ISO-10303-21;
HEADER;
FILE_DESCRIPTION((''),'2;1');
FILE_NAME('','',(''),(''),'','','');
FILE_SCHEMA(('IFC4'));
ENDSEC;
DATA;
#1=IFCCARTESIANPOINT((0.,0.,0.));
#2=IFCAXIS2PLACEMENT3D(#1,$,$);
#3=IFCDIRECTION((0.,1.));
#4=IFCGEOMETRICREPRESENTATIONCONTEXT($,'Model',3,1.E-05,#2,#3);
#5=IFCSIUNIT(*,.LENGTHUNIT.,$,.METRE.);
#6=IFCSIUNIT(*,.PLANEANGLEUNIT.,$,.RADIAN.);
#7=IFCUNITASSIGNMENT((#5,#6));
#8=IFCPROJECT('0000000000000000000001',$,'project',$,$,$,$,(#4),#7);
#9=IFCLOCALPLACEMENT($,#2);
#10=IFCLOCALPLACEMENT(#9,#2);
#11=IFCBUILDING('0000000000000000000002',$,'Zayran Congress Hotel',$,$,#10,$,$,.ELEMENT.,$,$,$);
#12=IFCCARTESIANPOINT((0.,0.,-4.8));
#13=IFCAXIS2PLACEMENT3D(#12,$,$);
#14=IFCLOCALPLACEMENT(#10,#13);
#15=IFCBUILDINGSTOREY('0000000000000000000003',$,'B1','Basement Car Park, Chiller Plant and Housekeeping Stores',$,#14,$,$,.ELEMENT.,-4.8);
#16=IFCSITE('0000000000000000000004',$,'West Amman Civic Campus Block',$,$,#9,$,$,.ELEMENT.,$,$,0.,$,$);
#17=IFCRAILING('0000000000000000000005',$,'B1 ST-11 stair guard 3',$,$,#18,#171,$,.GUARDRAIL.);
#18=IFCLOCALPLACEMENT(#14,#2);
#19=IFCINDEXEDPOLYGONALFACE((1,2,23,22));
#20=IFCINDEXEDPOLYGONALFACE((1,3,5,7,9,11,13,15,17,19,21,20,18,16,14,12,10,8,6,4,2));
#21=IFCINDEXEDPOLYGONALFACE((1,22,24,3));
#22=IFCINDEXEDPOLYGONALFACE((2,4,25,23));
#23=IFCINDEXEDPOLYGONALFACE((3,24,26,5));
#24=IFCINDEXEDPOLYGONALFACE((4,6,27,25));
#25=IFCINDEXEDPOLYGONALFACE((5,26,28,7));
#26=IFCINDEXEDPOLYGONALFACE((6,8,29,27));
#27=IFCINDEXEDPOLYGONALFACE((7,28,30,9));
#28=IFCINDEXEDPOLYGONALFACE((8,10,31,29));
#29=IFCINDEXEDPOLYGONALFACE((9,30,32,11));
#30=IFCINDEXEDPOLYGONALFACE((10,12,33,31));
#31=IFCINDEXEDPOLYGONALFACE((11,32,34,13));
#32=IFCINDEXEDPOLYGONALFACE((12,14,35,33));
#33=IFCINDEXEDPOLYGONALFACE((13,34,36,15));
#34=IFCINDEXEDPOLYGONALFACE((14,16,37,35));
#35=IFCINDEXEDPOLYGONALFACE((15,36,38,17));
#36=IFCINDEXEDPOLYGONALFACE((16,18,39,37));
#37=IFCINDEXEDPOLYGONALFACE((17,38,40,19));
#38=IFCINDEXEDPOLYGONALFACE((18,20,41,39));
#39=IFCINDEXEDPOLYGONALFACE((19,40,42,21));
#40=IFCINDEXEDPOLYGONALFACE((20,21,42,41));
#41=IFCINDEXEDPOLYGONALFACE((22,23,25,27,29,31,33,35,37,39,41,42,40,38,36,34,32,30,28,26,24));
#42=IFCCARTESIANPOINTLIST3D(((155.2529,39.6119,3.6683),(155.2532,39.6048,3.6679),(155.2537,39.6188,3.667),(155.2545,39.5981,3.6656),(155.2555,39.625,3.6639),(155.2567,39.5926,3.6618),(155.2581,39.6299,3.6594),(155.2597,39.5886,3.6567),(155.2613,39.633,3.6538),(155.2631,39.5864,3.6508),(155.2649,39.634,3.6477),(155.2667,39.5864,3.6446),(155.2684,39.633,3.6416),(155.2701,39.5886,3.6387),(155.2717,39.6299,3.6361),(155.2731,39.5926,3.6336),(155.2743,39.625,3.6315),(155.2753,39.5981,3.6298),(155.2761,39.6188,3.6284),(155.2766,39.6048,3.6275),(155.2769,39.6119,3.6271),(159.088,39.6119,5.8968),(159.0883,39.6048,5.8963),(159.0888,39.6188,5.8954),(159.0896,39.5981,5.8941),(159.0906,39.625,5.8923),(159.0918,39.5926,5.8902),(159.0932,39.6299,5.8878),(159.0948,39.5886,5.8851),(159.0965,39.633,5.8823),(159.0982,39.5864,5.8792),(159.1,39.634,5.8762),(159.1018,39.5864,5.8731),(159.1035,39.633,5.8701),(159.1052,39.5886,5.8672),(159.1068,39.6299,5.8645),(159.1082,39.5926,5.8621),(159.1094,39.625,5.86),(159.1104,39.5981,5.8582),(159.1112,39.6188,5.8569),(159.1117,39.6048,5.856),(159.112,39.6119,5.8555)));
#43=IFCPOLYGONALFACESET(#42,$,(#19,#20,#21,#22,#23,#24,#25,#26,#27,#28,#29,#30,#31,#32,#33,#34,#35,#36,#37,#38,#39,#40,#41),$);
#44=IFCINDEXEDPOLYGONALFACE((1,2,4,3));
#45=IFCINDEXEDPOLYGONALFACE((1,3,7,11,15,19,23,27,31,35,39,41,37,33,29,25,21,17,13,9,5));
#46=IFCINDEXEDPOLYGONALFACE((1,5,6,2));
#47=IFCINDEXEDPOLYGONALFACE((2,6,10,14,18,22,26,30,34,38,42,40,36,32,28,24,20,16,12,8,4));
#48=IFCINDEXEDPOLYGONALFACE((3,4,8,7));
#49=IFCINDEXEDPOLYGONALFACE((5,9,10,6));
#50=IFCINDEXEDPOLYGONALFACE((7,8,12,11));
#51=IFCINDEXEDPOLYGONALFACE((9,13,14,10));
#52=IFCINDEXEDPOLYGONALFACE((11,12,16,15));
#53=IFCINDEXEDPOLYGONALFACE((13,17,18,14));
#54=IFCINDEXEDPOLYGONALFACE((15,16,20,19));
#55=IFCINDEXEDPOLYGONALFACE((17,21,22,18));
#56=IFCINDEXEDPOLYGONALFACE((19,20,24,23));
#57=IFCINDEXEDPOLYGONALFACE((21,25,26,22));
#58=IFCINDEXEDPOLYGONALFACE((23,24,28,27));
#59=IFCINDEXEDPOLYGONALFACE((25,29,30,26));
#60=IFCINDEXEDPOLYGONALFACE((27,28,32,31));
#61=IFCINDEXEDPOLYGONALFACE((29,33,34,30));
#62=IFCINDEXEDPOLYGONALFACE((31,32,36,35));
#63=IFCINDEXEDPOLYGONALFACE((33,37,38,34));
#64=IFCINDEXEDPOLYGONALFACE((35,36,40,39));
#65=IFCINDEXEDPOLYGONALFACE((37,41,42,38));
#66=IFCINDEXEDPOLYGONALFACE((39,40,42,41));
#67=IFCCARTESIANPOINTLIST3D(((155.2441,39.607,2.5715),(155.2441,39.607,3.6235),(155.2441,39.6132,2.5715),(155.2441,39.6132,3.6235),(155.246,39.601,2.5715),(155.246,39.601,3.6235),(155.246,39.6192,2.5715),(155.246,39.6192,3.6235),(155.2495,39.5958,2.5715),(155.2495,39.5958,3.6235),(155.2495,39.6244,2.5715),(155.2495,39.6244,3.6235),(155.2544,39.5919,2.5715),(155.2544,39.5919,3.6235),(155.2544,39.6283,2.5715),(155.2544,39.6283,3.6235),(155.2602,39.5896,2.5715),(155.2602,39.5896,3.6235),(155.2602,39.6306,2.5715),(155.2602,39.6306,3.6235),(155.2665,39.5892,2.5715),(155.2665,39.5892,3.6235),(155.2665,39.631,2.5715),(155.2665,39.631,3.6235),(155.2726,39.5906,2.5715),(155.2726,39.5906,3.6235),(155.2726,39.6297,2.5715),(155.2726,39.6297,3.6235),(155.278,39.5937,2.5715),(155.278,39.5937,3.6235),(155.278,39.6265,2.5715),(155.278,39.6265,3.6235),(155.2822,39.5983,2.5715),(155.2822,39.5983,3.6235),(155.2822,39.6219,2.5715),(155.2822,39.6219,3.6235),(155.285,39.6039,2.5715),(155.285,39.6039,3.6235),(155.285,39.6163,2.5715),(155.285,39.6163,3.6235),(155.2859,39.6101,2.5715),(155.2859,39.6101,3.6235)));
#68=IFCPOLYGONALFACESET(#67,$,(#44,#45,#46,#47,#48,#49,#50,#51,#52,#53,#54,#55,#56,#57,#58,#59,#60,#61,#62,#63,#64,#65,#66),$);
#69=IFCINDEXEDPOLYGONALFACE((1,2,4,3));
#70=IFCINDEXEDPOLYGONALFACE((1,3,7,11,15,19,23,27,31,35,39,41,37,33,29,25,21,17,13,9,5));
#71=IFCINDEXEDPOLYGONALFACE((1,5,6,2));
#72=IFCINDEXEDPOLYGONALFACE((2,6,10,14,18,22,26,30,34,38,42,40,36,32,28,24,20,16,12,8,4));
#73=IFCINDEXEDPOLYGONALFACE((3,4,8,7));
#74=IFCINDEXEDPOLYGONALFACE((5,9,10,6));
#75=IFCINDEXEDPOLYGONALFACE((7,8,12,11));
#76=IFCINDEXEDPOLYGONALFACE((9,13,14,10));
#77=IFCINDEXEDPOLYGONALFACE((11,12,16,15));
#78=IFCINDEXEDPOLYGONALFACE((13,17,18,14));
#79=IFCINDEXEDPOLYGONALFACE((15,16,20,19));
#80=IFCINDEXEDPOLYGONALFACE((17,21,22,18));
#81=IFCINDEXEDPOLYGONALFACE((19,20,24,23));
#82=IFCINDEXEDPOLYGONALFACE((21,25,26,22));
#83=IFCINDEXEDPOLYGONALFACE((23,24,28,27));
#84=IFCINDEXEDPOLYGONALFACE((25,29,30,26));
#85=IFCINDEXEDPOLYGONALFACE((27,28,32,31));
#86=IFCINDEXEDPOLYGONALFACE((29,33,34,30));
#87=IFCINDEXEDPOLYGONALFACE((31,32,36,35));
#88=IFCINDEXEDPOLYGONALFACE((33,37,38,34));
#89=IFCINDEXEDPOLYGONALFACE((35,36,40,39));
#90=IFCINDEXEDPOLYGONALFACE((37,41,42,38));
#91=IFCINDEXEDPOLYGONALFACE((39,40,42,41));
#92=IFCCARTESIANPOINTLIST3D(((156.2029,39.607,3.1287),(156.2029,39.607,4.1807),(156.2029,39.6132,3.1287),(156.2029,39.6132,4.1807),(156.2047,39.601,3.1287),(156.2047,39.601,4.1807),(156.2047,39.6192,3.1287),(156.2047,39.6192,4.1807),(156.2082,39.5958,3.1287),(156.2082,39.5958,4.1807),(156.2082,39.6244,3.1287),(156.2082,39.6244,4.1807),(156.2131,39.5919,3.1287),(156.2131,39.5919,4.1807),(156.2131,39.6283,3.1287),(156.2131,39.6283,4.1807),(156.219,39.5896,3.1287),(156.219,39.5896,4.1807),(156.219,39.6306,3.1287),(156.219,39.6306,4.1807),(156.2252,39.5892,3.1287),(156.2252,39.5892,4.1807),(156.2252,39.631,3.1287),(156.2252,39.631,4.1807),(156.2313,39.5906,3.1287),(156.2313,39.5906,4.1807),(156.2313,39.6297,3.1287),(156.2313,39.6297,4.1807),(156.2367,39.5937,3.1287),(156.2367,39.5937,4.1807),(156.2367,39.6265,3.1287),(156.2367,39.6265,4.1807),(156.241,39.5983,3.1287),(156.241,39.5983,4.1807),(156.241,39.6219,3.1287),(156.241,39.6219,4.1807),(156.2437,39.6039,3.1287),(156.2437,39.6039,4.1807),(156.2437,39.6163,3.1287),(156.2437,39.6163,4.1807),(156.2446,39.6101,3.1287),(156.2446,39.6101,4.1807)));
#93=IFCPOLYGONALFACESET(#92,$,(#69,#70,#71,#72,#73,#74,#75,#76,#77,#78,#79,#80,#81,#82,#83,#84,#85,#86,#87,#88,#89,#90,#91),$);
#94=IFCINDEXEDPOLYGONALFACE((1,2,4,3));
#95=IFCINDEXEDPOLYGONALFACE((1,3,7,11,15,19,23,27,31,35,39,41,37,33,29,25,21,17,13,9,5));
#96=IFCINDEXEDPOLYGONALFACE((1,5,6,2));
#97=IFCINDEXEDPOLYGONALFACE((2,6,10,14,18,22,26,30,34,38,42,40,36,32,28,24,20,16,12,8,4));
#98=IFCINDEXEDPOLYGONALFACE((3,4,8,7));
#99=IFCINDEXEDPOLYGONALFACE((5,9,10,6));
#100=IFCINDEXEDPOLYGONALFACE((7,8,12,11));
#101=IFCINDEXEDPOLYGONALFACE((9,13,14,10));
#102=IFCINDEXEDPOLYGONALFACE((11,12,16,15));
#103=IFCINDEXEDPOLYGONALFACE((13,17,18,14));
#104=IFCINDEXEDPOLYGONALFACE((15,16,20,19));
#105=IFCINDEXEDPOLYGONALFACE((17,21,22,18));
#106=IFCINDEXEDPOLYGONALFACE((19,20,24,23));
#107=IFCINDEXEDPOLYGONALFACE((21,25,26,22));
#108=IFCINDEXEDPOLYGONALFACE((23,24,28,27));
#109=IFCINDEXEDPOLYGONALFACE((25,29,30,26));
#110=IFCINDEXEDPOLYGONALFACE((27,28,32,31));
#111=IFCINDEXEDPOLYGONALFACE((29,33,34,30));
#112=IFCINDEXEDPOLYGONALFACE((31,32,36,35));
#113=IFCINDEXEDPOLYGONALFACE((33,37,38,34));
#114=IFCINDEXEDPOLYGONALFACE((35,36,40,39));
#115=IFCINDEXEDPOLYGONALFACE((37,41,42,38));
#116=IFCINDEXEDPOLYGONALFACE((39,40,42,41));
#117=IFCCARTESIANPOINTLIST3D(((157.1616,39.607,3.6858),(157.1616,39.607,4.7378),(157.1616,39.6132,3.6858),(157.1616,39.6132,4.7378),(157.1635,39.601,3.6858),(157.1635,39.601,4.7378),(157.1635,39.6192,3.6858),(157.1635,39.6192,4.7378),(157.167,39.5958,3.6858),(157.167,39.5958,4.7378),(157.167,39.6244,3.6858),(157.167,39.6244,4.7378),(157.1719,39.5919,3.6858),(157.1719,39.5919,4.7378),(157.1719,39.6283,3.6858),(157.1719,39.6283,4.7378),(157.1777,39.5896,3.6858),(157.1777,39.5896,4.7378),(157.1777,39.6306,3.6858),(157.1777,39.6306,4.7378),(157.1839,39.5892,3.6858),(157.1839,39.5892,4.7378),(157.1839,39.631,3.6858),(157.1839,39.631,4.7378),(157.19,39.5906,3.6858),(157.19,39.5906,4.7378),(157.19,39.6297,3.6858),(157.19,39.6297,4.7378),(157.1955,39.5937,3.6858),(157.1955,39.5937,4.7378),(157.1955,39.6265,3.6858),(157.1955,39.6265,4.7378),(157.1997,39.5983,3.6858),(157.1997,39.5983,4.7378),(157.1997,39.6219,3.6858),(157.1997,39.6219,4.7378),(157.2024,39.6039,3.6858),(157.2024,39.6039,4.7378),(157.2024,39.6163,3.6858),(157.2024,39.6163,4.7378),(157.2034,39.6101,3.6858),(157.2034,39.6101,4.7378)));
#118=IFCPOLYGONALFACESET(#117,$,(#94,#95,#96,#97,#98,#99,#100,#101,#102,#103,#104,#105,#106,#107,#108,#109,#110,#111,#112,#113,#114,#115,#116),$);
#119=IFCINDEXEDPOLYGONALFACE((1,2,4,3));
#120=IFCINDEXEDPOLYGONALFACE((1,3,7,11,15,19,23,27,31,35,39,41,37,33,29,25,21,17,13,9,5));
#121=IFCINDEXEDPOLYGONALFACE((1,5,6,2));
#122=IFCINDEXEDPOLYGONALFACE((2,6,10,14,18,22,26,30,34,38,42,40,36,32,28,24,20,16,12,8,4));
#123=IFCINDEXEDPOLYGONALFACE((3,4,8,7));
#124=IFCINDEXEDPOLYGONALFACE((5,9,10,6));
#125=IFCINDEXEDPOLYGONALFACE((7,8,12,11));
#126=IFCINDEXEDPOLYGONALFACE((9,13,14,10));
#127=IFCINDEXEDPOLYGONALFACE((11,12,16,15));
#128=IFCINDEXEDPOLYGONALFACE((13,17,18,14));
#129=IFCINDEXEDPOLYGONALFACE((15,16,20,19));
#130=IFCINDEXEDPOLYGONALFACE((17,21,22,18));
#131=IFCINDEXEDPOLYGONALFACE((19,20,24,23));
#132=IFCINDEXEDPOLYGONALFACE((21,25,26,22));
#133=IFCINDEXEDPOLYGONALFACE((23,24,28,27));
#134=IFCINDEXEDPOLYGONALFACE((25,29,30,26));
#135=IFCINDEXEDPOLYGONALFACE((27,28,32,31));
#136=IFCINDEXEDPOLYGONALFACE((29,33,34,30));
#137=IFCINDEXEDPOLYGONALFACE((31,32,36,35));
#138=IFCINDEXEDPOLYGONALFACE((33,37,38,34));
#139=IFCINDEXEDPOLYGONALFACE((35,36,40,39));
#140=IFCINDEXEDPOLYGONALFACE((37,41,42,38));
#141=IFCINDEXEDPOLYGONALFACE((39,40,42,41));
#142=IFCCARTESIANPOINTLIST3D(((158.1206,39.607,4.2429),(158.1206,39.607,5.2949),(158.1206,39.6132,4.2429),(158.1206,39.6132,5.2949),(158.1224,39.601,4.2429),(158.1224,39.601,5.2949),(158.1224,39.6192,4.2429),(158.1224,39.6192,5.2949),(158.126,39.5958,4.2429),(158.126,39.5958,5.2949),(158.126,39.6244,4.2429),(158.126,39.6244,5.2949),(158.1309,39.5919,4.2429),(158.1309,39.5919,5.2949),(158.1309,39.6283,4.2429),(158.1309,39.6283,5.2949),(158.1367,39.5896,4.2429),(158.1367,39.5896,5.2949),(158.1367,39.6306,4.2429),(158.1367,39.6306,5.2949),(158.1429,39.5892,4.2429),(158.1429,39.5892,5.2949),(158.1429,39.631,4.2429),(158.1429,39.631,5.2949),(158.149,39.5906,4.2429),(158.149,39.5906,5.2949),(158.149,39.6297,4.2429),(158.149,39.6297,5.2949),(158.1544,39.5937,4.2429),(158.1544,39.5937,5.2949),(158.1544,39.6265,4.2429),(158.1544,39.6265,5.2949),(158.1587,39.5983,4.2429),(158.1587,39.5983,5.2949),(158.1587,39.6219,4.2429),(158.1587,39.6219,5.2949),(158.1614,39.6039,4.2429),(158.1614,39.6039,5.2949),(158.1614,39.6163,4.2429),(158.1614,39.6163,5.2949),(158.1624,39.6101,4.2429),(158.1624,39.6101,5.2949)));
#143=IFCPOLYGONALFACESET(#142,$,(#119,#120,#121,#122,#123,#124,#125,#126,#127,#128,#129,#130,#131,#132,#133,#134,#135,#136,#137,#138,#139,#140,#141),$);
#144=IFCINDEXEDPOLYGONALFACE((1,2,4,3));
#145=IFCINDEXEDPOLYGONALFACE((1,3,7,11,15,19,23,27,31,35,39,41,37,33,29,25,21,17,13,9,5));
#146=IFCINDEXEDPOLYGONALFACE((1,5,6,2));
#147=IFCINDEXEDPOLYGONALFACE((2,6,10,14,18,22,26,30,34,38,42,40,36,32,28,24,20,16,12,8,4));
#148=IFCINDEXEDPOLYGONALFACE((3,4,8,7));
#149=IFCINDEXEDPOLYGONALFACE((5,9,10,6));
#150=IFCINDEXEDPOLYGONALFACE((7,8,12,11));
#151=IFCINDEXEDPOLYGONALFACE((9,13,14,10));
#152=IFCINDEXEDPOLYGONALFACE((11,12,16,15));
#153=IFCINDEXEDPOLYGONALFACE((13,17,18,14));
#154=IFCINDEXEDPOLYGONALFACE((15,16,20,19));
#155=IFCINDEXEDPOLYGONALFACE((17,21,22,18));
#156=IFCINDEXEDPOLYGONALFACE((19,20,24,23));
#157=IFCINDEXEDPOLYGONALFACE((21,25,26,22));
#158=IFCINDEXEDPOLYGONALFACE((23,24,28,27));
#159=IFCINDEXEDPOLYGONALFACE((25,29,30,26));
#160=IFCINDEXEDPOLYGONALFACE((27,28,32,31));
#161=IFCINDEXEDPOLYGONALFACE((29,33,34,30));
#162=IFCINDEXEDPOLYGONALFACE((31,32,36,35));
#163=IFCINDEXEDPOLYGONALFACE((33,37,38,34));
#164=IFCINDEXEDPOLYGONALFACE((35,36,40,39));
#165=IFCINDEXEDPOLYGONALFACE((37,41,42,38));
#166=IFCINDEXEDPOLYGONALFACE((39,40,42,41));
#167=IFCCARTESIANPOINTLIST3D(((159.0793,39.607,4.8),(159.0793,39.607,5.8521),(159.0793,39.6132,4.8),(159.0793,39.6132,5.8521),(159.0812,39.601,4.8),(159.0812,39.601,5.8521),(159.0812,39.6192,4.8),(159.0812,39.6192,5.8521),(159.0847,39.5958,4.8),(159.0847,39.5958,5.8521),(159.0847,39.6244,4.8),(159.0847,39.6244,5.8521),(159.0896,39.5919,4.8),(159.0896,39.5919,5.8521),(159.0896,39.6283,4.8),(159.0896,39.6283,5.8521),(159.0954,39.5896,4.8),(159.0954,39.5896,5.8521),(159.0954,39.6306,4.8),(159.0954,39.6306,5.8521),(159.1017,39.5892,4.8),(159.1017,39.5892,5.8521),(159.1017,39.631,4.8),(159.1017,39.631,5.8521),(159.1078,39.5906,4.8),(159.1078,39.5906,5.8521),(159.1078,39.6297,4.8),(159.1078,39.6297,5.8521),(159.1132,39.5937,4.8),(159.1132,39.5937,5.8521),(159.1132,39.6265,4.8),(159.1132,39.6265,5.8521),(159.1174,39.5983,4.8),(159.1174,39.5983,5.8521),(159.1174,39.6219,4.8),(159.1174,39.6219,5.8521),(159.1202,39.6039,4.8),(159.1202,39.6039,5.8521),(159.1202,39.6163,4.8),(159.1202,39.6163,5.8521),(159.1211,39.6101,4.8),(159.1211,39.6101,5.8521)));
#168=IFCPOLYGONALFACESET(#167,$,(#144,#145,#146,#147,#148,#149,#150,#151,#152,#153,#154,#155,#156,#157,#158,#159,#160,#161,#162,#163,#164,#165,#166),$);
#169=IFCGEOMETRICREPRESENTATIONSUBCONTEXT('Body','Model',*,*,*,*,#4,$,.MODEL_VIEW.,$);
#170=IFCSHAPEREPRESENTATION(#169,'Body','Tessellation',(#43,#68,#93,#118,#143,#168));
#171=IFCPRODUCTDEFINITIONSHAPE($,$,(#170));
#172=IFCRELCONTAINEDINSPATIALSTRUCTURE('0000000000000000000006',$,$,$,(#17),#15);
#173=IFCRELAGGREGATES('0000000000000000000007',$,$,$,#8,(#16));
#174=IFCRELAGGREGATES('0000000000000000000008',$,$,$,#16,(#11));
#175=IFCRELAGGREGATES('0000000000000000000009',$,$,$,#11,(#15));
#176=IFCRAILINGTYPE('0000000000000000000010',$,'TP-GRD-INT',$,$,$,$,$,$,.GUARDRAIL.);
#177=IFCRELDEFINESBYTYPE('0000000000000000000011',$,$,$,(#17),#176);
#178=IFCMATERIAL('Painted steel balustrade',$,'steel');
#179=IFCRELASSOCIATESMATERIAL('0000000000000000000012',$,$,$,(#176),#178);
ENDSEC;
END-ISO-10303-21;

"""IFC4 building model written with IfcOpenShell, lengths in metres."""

from ifc_helpers import new_model, si_unit, direction, frame, origin, origin_2d, place, context, subcontext, project, spatial, circle, extrude, material, type_object, element, save


model = new_model("IFC4")

# Units and contexts
model_context = context("Model", 3, precision=1e-05, world=origin(), true_north=direction((0.0, 1.0)))
body_context = subcontext(model_context, "Body", "Model", "MODEL_VIEW")
ifc_project = project(units=[si_unit("LENGTHUNIT", "METRE"), si_unit("PLANEANGLEUNIT", "RADIAN")], contexts=[model_context])

# Site, building, storey
site_placement = place(None, origin())
site = spatial("IfcSite", under=ifc_project, at=site_placement, Name="West Amman Civic Campus Block", CompositionType="ELEMENT", RefElevation=0.0)
building_placement = place(site_placement, origin())
building = spatial("IfcBuilding", under=site, at=building_placement, Name="Zayran Congress Hotel", CompositionType="ELEMENT")
storey_placement = place(building_placement, frame((0.0, 0.0, -4.8)))
storey = spatial("IfcBuildingStorey", under=building, at=storey_placement, Name="B1", Description="Basement Car Park, Chiller Plant and Housekeeping Stores", CompositionType="ELEMENT", Elevation=-4.8)

# Railing
ifc_material_1 = material(Name="Painted steel balustrade", Category="steel")
railing_type_1 = type_object("IfcRailingType", Name="TP-GRD-INT", PredefinedType="GUARDRAIL", material=ifc_material_1)
railing_1_placement = place(storey_placement, frame((155.2649, 39.6101, 2.5715)))
element("IfcRailing", 1, at=railing_1_placement, inside=storey, type_object=railing_type_1, Name="B1 ST-11 stair guard 3", PredefinedType="GUARDRAIL", context=body_context, shape_type="SweptSolid", body=[
    extrude(circle(Radius=0.0239, at=origin_2d()), frame((0.0, 0.0, 1.0762), z_axis=(0.86463, 0.0, 0.502409), x_axis=(0.0, 1.0, 0.0)), (0.0, 0.0, 1.0), 4.4355),
    extrude(circle(Radius=0.021, at=origin_2d()), origin(), (0.0, 0.0, 1.0), 1.052),
    extrude(circle(Radius=0.021, at=origin_2d()), frame((0.9587, 0.0, 0.5571)), (0.0, 0.0, 1.0), 1.052),
    extrude(circle(Radius=0.021, at=origin_2d()), frame((1.9175, 0.0, 1.1143)), (0.0, 0.0, 1.0), 1.052),
    extrude(circle(Radius=0.021, at=origin_2d()), frame((2.8765, 0.0, 1.6714)), (0.0, 0.0, 1.0), 1.052),
    extrude(circle(Radius=0.021, at=origin_2d()), frame((3.8352, 0.0, 2.2285)), (0.0, 0.0, 1.0), 1.052),
])

save(model, "model.ifc")
